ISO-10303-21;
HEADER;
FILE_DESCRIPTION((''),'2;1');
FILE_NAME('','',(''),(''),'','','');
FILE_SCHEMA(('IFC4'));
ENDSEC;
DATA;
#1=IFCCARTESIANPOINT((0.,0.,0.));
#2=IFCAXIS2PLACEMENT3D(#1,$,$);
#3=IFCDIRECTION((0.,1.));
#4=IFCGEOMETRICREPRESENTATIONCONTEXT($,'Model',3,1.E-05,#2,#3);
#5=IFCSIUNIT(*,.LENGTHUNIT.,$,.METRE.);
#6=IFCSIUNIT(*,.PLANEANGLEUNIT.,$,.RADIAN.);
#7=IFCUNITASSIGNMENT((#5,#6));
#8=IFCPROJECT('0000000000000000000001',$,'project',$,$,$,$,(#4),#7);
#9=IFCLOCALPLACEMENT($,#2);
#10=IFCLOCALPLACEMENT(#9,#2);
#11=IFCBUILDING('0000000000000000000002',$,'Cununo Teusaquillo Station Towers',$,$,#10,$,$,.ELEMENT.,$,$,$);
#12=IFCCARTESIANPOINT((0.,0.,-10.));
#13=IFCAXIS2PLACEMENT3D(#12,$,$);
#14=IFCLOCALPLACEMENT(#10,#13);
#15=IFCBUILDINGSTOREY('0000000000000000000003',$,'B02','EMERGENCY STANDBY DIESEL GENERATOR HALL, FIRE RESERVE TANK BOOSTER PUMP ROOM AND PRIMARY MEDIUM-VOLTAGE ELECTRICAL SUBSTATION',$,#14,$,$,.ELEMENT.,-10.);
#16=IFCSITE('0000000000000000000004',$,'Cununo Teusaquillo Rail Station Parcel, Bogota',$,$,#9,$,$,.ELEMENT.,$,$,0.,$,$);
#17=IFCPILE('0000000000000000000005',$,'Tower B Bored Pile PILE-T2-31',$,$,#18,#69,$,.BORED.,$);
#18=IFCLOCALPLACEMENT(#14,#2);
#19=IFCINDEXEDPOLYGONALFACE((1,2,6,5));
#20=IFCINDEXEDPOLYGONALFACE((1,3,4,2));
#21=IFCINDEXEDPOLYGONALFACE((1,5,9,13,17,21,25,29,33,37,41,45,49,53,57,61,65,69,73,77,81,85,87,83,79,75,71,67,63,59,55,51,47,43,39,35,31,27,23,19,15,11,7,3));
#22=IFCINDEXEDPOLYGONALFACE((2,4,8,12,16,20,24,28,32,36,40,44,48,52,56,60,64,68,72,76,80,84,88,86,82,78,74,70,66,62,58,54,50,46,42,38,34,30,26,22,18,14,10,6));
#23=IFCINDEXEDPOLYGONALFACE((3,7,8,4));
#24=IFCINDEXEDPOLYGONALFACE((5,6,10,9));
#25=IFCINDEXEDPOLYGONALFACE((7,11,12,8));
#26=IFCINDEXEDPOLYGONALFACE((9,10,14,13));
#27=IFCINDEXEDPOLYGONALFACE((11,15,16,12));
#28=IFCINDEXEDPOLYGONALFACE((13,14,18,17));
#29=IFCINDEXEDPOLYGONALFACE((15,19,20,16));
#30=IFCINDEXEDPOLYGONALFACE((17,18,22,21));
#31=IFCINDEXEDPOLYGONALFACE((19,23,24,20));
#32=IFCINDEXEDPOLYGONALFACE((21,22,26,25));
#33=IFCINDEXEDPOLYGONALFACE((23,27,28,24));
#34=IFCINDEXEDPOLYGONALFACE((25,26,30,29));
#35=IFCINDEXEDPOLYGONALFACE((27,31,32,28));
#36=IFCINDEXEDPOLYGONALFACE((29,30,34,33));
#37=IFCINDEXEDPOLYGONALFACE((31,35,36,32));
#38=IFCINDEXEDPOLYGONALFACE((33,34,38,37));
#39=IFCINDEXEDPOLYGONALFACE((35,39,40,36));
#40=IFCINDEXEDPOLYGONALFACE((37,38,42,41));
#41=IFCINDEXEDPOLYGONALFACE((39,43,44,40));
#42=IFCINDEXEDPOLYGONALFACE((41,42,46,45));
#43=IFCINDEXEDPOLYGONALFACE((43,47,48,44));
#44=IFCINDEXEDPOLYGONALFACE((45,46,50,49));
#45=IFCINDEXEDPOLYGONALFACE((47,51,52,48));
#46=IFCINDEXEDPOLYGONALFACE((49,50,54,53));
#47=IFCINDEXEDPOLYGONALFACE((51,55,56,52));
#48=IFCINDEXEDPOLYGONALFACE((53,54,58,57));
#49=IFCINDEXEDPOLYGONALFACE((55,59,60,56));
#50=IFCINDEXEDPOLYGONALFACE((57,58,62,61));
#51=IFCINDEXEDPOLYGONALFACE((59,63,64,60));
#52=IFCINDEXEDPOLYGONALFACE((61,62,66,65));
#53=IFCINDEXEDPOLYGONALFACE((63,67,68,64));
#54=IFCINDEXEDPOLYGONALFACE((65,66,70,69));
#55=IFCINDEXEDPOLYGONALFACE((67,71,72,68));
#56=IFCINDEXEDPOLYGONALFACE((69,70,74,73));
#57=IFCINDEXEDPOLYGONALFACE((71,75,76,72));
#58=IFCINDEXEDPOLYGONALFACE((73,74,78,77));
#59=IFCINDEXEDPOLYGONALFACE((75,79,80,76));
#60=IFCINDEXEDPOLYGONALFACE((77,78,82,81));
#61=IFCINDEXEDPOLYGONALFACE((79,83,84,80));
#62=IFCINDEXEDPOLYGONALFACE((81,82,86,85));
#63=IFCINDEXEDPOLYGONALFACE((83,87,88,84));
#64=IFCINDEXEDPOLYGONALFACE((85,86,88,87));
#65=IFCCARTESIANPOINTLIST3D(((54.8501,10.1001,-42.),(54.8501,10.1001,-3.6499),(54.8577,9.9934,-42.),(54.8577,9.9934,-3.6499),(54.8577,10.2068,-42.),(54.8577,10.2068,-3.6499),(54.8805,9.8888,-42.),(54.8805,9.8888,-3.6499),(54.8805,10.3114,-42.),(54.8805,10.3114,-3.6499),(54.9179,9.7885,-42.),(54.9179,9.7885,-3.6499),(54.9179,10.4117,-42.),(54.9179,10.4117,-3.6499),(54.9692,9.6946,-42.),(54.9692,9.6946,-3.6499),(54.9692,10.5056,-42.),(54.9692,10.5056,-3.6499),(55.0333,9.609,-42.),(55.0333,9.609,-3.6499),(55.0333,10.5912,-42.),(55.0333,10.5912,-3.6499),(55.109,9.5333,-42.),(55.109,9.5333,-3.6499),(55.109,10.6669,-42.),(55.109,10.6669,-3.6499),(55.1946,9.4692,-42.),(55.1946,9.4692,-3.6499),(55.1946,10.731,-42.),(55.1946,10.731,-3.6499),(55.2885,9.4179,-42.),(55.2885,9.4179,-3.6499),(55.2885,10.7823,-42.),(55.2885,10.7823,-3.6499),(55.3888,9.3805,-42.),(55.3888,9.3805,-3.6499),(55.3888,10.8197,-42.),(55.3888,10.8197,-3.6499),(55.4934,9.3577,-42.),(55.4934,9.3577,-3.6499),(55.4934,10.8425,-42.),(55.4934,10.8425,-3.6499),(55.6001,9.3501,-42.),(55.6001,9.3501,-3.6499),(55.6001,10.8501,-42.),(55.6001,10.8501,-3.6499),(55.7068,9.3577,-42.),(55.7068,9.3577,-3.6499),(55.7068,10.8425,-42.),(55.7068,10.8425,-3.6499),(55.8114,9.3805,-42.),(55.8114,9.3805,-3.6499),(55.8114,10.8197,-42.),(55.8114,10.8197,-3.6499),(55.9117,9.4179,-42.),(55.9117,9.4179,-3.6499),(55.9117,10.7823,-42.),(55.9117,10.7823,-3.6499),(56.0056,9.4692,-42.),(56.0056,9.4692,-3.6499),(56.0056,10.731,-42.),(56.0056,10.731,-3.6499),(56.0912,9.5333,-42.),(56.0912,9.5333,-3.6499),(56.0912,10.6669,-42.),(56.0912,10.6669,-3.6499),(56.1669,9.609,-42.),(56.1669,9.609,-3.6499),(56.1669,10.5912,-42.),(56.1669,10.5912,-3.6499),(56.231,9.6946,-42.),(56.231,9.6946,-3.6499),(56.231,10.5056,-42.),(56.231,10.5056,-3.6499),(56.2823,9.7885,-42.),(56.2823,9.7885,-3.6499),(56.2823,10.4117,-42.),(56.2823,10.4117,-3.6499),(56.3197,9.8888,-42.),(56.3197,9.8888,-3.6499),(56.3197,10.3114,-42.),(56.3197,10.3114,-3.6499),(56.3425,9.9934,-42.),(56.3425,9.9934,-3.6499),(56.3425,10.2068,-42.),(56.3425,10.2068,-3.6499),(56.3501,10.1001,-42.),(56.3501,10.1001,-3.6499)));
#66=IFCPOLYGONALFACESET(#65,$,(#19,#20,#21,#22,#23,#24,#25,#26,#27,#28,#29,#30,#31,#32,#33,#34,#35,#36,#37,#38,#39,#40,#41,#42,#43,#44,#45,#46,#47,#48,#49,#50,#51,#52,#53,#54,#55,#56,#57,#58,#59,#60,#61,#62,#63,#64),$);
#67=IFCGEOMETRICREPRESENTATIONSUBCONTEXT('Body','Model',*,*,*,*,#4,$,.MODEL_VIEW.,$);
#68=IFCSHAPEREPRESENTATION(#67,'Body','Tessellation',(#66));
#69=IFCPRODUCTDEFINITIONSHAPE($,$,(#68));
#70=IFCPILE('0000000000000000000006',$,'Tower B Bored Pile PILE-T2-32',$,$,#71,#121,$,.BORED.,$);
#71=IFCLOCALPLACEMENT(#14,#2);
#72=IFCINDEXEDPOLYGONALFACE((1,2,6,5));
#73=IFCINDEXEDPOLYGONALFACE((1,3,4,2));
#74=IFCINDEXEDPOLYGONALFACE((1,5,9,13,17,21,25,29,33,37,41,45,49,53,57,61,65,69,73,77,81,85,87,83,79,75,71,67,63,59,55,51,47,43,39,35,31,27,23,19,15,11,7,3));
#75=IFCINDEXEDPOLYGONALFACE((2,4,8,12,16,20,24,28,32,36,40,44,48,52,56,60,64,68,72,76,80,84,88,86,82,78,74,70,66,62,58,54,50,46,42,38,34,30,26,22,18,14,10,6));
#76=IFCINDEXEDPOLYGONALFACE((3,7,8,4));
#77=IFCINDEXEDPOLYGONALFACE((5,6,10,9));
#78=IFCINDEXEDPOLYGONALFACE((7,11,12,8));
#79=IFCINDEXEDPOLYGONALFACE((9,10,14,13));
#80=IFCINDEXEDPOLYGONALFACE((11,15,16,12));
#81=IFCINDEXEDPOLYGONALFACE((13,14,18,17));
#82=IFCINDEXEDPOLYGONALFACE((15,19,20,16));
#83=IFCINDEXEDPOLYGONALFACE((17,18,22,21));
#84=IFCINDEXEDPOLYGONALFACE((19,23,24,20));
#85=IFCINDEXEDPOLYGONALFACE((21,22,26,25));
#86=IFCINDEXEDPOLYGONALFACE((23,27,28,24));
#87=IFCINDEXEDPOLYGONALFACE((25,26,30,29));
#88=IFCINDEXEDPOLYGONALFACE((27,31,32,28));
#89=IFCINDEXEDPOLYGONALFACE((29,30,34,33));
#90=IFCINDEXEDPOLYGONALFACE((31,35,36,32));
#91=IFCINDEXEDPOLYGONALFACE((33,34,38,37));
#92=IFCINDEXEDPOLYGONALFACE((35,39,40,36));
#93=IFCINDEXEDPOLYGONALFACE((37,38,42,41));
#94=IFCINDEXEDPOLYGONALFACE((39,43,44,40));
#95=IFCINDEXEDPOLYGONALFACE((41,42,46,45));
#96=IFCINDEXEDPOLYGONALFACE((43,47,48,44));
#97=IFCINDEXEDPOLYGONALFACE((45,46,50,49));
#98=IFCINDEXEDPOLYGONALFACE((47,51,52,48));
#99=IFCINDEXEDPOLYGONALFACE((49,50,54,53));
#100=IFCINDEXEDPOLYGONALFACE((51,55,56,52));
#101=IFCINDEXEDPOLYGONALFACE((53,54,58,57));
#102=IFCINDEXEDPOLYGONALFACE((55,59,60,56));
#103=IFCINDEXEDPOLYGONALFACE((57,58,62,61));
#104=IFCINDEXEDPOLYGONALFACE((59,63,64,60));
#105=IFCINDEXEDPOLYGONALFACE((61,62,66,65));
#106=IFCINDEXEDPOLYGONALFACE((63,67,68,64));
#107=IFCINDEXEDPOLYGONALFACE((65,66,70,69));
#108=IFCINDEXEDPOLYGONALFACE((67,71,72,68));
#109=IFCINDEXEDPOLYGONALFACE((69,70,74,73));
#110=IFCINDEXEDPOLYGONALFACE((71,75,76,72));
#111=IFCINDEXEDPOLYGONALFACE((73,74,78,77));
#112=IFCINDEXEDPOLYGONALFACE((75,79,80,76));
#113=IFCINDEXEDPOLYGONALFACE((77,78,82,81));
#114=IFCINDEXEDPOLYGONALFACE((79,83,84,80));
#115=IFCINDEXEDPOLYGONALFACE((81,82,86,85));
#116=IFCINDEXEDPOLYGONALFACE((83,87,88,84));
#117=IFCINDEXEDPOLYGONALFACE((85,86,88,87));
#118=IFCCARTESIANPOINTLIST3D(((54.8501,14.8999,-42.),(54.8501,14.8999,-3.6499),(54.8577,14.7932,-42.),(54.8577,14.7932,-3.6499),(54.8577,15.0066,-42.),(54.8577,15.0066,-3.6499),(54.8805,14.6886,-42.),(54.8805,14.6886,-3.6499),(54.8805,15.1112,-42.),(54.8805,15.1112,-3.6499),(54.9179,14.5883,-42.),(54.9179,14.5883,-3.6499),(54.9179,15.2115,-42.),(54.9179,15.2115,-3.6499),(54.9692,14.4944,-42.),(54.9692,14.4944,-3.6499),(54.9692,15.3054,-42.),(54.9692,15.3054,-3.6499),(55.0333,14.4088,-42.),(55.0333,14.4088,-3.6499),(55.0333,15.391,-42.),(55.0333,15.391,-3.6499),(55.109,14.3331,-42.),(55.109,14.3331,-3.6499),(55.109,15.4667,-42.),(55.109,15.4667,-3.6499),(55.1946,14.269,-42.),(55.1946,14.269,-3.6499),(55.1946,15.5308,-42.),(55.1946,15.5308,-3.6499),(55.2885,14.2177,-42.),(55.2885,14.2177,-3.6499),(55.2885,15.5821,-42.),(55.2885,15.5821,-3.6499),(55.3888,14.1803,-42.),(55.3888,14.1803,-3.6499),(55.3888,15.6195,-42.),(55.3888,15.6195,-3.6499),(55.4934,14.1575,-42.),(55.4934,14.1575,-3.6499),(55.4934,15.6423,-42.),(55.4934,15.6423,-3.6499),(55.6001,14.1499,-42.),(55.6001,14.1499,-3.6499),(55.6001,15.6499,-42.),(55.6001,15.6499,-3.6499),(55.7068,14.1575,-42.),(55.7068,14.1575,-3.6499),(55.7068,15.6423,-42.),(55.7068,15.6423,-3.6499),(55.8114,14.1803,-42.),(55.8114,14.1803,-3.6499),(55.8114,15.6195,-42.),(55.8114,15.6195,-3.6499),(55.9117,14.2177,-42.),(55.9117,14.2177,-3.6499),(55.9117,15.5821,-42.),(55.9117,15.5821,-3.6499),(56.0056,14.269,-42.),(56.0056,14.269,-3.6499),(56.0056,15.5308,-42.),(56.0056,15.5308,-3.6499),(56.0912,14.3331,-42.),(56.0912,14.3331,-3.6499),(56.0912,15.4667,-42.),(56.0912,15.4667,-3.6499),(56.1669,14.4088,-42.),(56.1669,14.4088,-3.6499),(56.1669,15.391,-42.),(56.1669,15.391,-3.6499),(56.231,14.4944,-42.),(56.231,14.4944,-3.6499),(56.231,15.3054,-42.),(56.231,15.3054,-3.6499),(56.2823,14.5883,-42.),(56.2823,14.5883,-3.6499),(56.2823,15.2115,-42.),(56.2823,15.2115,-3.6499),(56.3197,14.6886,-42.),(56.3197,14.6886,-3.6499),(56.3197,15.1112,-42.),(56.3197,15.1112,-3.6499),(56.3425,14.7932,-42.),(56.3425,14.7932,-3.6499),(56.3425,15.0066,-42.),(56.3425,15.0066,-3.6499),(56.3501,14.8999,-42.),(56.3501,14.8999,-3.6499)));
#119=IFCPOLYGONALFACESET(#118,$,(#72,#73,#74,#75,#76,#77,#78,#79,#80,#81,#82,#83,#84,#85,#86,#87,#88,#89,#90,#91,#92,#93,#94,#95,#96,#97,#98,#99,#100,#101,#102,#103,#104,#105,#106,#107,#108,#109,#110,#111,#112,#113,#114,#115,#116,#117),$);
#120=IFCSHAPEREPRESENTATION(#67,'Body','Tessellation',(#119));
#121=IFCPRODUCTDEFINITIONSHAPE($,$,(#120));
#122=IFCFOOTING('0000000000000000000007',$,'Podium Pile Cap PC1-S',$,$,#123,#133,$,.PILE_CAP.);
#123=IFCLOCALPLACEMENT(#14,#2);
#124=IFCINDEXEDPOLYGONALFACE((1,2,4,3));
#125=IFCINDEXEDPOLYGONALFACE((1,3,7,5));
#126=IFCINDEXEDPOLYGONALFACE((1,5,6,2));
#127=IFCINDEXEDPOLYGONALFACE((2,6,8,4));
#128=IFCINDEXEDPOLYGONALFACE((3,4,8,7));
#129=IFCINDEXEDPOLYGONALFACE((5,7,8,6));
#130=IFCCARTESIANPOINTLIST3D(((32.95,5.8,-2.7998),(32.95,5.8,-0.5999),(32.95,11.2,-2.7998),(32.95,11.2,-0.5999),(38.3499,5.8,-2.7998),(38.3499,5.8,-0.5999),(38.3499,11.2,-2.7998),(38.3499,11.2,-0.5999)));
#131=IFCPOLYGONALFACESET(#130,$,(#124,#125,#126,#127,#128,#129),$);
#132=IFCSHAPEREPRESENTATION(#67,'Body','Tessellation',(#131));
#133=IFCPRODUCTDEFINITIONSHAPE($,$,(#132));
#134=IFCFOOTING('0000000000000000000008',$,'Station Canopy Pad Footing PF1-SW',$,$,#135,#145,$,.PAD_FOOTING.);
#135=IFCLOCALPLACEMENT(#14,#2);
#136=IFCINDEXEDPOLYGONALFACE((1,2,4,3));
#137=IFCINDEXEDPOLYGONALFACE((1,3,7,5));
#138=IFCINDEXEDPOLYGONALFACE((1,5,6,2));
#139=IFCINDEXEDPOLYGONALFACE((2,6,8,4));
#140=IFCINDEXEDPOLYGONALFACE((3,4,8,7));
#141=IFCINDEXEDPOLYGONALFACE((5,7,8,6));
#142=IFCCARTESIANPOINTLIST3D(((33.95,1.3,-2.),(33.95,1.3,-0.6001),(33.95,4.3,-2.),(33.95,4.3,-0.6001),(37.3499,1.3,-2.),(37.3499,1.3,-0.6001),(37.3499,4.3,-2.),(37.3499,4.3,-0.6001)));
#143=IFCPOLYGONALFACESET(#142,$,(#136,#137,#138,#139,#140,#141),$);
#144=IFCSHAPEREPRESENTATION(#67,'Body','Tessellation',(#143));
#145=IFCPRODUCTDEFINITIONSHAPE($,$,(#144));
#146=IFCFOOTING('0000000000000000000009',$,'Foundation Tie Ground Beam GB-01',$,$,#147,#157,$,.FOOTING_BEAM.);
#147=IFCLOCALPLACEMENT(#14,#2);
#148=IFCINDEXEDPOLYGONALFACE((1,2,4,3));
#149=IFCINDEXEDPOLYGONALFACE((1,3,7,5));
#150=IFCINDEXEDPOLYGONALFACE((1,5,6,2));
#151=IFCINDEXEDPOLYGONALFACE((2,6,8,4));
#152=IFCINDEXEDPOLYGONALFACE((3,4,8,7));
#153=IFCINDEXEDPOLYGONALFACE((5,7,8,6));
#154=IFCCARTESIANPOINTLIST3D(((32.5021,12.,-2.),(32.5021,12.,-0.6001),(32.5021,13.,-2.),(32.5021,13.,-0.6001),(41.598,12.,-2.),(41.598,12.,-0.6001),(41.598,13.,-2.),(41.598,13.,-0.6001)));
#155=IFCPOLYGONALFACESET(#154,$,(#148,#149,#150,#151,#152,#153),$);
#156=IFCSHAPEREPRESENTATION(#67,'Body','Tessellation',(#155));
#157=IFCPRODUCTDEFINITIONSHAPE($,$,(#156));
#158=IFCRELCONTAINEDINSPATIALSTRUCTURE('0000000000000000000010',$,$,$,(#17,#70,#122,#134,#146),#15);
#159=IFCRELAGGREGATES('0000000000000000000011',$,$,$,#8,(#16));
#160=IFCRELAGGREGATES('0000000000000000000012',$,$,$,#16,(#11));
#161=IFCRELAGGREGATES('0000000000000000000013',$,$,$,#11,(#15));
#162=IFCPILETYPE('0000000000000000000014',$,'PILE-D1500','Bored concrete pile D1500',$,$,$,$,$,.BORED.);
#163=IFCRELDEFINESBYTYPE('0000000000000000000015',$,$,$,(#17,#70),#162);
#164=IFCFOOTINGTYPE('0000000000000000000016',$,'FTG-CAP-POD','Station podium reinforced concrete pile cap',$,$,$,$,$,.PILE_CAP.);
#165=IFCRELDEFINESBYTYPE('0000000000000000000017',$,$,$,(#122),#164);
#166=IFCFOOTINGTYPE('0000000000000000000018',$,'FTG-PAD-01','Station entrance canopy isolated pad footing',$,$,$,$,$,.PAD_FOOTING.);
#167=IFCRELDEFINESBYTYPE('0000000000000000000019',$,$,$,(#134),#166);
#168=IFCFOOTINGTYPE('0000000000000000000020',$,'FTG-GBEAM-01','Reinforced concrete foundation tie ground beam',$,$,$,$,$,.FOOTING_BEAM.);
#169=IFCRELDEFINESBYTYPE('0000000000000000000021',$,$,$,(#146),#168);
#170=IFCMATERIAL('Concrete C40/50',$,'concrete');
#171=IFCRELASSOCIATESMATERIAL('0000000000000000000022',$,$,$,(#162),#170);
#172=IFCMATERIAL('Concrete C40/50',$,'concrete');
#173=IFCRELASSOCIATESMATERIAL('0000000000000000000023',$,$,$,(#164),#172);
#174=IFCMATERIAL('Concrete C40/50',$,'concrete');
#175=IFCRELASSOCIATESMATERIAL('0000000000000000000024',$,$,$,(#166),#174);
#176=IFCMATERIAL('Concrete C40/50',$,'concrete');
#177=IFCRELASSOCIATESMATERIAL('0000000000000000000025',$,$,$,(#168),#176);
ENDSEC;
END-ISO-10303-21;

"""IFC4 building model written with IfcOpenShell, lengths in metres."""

from ifc_helpers import new_model, si_unit, direction, frame, origin, origin_2d, place, context, subcontext, project, spatial, rectangle, circle, extrude, source, transform, mapped, material, material_profile, profile_set, type_object, element, save


model = new_model("IFC4")

# Units and contexts
model_context = context("Model", 3, precision=1e-05, world=origin(), true_north=direction((0.0, 1.0)))
body_context = subcontext(model_context, "Body", "Model", "MODEL_VIEW")
ifc_project = project(units=[si_unit("LENGTHUNIT", "METRE"), si_unit("PLANEANGLEUNIT", "RADIAN")], contexts=[model_context])

# Site, building, storey
site_placement = place(None, origin())
site = spatial("IfcSite", under=ifc_project, at=site_placement, Name="Cununo Teusaquillo Rail Station Parcel, Bogota", CompositionType="ELEMENT", RefElevation=0.0)
building_placement = place(site_placement, origin())
building = spatial("IfcBuilding", under=site, at=building_placement, Name="Cununo Teusaquillo Station Towers", CompositionType="ELEMENT")
storey_placement = place(building_placement, frame((0.0, 0.0, -10.0)))
storey = spatial("IfcBuildingStorey", under=building, at=storey_placement, Name="B02", Description="EMERGENCY STANDBY DIESEL GENERATOR HALL, FIRE RESERVE TANK BOOSTER PUMP ROOM AND PRIMARY MEDIUM-VOLTAGE ELECTRICAL SUBSTATION", CompositionType="ELEMENT", Elevation=-10.0)

# Piles
ifc_material_1 = material(Name="Concrete C40/50", Category="concrete")
ifc_material_profile_1 = material_profile(ifc_material_1, circle(Radius=0.75, at=origin_2d()), Name="PILE-BORED-1500")
ifc_profile_set_1 = profile_set([ifc_material_profile_1], Name="Concrete C40/50")
pile_type_1 = type_object("IfcPileType", Name="PILE-D1500", Description="Bored concrete pile D1500", PredefinedType="BORED", material=ifc_profile_set_1)
for number, where, z_axis, x_axis, name in (
    (1, (55.6001, 10.1001, -3.6499), (0.0, 0.0, -1.0), (1.0, 0.0, 0.0), "Tower B Bored Pile PILE-T2-31"),
    (2, (55.6001, 14.8999, -3.6499), (0.0, 0.0, -1.0), (1.0, 0.0, 0.0), "Tower B Bored Pile PILE-T2-32"),
):
    element("IfcPile", number, at=place(storey_placement, frame(where, z_axis=z_axis, x_axis=x_axis)), inside=storey, type_object=pile_type_1, Name=name, PredefinedType="BORED", context=body_context, shape_type="SweptSolid", body=[
        extrude(circle(Radius=0.75, at=origin_2d()), origin(), (0.0, 0.0, 1.0), 38.3501),
    ])

# Footings
ifc_material_2 = material(Name="Concrete C40/50", Category="concrete")
footing_type_1 = type_object("IfcFootingType", Name="FTG-CAP-POD", Description="Station podium reinforced concrete pile cap", PredefinedType="PILE_CAP", material=ifc_material_2)
shared_shape_1 = source(origin(), body_context, "Body", "SweptSolid", [
    extrude(rectangle(XDim=5.3999, YDim=5.3999, at=origin_2d()), origin(), (0.0, 0.0, 1.0), 2.2),
])
footing_1_placement = place(storey_placement, frame((35.6499, 8.5, -2.7998), z_axis=(0.0, 0.0, 1.0), x_axis=(1.0, 0.0, 0.0)))
element("IfcFooting", 3, at=footing_1_placement, inside=storey, type_object=footing_type_1, Name="Podium Pile Cap PC1-S", PredefinedType="PILE_CAP", context=body_context, shape_type="MappedRepresentation", body=[
    mapped(shared_shape_1, transform((0.0, 0.0, 0.0), x_axis=(1.0, 0.0, 0.0), y_axis=(0.0, 1.0, 0.0), z_axis=(0.0, 0.0, 1.0), scale=1.0)),
])
ifc_material_3 = material(Name="Concrete C40/50", Category="concrete")
footing_type_2 = type_object("IfcFootingType", Name="FTG-PAD-01", Description="Station entrance canopy isolated pad footing", PredefinedType="PAD_FOOTING", material=ifc_material_3)
shared_shape_2 = source(origin(), body_context, "Body", "SweptSolid", [
    extrude(rectangle(XDim=3.3999, YDim=3.0, at=origin_2d()), origin(), (0.0, 0.0, 1.0), 1.3999),
])
footing_2_placement = place(storey_placement, frame((35.6499, 2.8, -2.0), z_axis=(0.0, 0.0, 1.0), x_axis=(1.0, 0.0, 0.0)))
element("IfcFooting", 4, at=footing_2_placement, inside=storey, type_object=footing_type_2, Name="Station Canopy Pad Footing PF1-SW", PredefinedType="PAD_FOOTING", context=body_context, shape_type="MappedRepresentation", body=[
    mapped(shared_shape_2, transform((0.0, 0.0, 0.0), x_axis=(1.0, 0.0, 0.0), y_axis=(0.0, 1.0, 0.0), z_axis=(0.0, 0.0, 1.0), scale=1.0)),
])
ifc_material_4 = material(Name="Concrete C40/50", Category="concrete")
footing_type_3 = type_object("IfcFootingType", Name="FTG-GBEAM-01", Description="Reinforced concrete foundation tie ground beam", PredefinedType="FOOTING_BEAM", material=ifc_material_4)
shared_shape_3 = source(origin(), body_context, "Body", "SweptSolid", [
    extrude(rectangle(XDim=9.0959, YDim=1.0, at=origin_2d()), origin(), (0.0, 0.0, 1.0), 1.3999),
])
footing_3_placement = place(storey_placement, frame((37.05, 12.5, -2.0), z_axis=(0.0, 0.0, 1.0), x_axis=(1.0, 0.0, 0.0)))
element("IfcFooting", 5, at=footing_3_placement, inside=storey, type_object=footing_type_3, Name="Foundation Tie Ground Beam GB-01", PredefinedType="FOOTING_BEAM", context=body_context, shape_type="MappedRepresentation", body=[
    mapped(shared_shape_3, transform((0.0, 0.0, 0.0), x_axis=(1.0, 0.0, 0.0), y_axis=(0.0, 1.0, 0.0), z_axis=(0.0, 0.0, 1.0), scale=1.0)),
])

save(model, "model.ifc")
